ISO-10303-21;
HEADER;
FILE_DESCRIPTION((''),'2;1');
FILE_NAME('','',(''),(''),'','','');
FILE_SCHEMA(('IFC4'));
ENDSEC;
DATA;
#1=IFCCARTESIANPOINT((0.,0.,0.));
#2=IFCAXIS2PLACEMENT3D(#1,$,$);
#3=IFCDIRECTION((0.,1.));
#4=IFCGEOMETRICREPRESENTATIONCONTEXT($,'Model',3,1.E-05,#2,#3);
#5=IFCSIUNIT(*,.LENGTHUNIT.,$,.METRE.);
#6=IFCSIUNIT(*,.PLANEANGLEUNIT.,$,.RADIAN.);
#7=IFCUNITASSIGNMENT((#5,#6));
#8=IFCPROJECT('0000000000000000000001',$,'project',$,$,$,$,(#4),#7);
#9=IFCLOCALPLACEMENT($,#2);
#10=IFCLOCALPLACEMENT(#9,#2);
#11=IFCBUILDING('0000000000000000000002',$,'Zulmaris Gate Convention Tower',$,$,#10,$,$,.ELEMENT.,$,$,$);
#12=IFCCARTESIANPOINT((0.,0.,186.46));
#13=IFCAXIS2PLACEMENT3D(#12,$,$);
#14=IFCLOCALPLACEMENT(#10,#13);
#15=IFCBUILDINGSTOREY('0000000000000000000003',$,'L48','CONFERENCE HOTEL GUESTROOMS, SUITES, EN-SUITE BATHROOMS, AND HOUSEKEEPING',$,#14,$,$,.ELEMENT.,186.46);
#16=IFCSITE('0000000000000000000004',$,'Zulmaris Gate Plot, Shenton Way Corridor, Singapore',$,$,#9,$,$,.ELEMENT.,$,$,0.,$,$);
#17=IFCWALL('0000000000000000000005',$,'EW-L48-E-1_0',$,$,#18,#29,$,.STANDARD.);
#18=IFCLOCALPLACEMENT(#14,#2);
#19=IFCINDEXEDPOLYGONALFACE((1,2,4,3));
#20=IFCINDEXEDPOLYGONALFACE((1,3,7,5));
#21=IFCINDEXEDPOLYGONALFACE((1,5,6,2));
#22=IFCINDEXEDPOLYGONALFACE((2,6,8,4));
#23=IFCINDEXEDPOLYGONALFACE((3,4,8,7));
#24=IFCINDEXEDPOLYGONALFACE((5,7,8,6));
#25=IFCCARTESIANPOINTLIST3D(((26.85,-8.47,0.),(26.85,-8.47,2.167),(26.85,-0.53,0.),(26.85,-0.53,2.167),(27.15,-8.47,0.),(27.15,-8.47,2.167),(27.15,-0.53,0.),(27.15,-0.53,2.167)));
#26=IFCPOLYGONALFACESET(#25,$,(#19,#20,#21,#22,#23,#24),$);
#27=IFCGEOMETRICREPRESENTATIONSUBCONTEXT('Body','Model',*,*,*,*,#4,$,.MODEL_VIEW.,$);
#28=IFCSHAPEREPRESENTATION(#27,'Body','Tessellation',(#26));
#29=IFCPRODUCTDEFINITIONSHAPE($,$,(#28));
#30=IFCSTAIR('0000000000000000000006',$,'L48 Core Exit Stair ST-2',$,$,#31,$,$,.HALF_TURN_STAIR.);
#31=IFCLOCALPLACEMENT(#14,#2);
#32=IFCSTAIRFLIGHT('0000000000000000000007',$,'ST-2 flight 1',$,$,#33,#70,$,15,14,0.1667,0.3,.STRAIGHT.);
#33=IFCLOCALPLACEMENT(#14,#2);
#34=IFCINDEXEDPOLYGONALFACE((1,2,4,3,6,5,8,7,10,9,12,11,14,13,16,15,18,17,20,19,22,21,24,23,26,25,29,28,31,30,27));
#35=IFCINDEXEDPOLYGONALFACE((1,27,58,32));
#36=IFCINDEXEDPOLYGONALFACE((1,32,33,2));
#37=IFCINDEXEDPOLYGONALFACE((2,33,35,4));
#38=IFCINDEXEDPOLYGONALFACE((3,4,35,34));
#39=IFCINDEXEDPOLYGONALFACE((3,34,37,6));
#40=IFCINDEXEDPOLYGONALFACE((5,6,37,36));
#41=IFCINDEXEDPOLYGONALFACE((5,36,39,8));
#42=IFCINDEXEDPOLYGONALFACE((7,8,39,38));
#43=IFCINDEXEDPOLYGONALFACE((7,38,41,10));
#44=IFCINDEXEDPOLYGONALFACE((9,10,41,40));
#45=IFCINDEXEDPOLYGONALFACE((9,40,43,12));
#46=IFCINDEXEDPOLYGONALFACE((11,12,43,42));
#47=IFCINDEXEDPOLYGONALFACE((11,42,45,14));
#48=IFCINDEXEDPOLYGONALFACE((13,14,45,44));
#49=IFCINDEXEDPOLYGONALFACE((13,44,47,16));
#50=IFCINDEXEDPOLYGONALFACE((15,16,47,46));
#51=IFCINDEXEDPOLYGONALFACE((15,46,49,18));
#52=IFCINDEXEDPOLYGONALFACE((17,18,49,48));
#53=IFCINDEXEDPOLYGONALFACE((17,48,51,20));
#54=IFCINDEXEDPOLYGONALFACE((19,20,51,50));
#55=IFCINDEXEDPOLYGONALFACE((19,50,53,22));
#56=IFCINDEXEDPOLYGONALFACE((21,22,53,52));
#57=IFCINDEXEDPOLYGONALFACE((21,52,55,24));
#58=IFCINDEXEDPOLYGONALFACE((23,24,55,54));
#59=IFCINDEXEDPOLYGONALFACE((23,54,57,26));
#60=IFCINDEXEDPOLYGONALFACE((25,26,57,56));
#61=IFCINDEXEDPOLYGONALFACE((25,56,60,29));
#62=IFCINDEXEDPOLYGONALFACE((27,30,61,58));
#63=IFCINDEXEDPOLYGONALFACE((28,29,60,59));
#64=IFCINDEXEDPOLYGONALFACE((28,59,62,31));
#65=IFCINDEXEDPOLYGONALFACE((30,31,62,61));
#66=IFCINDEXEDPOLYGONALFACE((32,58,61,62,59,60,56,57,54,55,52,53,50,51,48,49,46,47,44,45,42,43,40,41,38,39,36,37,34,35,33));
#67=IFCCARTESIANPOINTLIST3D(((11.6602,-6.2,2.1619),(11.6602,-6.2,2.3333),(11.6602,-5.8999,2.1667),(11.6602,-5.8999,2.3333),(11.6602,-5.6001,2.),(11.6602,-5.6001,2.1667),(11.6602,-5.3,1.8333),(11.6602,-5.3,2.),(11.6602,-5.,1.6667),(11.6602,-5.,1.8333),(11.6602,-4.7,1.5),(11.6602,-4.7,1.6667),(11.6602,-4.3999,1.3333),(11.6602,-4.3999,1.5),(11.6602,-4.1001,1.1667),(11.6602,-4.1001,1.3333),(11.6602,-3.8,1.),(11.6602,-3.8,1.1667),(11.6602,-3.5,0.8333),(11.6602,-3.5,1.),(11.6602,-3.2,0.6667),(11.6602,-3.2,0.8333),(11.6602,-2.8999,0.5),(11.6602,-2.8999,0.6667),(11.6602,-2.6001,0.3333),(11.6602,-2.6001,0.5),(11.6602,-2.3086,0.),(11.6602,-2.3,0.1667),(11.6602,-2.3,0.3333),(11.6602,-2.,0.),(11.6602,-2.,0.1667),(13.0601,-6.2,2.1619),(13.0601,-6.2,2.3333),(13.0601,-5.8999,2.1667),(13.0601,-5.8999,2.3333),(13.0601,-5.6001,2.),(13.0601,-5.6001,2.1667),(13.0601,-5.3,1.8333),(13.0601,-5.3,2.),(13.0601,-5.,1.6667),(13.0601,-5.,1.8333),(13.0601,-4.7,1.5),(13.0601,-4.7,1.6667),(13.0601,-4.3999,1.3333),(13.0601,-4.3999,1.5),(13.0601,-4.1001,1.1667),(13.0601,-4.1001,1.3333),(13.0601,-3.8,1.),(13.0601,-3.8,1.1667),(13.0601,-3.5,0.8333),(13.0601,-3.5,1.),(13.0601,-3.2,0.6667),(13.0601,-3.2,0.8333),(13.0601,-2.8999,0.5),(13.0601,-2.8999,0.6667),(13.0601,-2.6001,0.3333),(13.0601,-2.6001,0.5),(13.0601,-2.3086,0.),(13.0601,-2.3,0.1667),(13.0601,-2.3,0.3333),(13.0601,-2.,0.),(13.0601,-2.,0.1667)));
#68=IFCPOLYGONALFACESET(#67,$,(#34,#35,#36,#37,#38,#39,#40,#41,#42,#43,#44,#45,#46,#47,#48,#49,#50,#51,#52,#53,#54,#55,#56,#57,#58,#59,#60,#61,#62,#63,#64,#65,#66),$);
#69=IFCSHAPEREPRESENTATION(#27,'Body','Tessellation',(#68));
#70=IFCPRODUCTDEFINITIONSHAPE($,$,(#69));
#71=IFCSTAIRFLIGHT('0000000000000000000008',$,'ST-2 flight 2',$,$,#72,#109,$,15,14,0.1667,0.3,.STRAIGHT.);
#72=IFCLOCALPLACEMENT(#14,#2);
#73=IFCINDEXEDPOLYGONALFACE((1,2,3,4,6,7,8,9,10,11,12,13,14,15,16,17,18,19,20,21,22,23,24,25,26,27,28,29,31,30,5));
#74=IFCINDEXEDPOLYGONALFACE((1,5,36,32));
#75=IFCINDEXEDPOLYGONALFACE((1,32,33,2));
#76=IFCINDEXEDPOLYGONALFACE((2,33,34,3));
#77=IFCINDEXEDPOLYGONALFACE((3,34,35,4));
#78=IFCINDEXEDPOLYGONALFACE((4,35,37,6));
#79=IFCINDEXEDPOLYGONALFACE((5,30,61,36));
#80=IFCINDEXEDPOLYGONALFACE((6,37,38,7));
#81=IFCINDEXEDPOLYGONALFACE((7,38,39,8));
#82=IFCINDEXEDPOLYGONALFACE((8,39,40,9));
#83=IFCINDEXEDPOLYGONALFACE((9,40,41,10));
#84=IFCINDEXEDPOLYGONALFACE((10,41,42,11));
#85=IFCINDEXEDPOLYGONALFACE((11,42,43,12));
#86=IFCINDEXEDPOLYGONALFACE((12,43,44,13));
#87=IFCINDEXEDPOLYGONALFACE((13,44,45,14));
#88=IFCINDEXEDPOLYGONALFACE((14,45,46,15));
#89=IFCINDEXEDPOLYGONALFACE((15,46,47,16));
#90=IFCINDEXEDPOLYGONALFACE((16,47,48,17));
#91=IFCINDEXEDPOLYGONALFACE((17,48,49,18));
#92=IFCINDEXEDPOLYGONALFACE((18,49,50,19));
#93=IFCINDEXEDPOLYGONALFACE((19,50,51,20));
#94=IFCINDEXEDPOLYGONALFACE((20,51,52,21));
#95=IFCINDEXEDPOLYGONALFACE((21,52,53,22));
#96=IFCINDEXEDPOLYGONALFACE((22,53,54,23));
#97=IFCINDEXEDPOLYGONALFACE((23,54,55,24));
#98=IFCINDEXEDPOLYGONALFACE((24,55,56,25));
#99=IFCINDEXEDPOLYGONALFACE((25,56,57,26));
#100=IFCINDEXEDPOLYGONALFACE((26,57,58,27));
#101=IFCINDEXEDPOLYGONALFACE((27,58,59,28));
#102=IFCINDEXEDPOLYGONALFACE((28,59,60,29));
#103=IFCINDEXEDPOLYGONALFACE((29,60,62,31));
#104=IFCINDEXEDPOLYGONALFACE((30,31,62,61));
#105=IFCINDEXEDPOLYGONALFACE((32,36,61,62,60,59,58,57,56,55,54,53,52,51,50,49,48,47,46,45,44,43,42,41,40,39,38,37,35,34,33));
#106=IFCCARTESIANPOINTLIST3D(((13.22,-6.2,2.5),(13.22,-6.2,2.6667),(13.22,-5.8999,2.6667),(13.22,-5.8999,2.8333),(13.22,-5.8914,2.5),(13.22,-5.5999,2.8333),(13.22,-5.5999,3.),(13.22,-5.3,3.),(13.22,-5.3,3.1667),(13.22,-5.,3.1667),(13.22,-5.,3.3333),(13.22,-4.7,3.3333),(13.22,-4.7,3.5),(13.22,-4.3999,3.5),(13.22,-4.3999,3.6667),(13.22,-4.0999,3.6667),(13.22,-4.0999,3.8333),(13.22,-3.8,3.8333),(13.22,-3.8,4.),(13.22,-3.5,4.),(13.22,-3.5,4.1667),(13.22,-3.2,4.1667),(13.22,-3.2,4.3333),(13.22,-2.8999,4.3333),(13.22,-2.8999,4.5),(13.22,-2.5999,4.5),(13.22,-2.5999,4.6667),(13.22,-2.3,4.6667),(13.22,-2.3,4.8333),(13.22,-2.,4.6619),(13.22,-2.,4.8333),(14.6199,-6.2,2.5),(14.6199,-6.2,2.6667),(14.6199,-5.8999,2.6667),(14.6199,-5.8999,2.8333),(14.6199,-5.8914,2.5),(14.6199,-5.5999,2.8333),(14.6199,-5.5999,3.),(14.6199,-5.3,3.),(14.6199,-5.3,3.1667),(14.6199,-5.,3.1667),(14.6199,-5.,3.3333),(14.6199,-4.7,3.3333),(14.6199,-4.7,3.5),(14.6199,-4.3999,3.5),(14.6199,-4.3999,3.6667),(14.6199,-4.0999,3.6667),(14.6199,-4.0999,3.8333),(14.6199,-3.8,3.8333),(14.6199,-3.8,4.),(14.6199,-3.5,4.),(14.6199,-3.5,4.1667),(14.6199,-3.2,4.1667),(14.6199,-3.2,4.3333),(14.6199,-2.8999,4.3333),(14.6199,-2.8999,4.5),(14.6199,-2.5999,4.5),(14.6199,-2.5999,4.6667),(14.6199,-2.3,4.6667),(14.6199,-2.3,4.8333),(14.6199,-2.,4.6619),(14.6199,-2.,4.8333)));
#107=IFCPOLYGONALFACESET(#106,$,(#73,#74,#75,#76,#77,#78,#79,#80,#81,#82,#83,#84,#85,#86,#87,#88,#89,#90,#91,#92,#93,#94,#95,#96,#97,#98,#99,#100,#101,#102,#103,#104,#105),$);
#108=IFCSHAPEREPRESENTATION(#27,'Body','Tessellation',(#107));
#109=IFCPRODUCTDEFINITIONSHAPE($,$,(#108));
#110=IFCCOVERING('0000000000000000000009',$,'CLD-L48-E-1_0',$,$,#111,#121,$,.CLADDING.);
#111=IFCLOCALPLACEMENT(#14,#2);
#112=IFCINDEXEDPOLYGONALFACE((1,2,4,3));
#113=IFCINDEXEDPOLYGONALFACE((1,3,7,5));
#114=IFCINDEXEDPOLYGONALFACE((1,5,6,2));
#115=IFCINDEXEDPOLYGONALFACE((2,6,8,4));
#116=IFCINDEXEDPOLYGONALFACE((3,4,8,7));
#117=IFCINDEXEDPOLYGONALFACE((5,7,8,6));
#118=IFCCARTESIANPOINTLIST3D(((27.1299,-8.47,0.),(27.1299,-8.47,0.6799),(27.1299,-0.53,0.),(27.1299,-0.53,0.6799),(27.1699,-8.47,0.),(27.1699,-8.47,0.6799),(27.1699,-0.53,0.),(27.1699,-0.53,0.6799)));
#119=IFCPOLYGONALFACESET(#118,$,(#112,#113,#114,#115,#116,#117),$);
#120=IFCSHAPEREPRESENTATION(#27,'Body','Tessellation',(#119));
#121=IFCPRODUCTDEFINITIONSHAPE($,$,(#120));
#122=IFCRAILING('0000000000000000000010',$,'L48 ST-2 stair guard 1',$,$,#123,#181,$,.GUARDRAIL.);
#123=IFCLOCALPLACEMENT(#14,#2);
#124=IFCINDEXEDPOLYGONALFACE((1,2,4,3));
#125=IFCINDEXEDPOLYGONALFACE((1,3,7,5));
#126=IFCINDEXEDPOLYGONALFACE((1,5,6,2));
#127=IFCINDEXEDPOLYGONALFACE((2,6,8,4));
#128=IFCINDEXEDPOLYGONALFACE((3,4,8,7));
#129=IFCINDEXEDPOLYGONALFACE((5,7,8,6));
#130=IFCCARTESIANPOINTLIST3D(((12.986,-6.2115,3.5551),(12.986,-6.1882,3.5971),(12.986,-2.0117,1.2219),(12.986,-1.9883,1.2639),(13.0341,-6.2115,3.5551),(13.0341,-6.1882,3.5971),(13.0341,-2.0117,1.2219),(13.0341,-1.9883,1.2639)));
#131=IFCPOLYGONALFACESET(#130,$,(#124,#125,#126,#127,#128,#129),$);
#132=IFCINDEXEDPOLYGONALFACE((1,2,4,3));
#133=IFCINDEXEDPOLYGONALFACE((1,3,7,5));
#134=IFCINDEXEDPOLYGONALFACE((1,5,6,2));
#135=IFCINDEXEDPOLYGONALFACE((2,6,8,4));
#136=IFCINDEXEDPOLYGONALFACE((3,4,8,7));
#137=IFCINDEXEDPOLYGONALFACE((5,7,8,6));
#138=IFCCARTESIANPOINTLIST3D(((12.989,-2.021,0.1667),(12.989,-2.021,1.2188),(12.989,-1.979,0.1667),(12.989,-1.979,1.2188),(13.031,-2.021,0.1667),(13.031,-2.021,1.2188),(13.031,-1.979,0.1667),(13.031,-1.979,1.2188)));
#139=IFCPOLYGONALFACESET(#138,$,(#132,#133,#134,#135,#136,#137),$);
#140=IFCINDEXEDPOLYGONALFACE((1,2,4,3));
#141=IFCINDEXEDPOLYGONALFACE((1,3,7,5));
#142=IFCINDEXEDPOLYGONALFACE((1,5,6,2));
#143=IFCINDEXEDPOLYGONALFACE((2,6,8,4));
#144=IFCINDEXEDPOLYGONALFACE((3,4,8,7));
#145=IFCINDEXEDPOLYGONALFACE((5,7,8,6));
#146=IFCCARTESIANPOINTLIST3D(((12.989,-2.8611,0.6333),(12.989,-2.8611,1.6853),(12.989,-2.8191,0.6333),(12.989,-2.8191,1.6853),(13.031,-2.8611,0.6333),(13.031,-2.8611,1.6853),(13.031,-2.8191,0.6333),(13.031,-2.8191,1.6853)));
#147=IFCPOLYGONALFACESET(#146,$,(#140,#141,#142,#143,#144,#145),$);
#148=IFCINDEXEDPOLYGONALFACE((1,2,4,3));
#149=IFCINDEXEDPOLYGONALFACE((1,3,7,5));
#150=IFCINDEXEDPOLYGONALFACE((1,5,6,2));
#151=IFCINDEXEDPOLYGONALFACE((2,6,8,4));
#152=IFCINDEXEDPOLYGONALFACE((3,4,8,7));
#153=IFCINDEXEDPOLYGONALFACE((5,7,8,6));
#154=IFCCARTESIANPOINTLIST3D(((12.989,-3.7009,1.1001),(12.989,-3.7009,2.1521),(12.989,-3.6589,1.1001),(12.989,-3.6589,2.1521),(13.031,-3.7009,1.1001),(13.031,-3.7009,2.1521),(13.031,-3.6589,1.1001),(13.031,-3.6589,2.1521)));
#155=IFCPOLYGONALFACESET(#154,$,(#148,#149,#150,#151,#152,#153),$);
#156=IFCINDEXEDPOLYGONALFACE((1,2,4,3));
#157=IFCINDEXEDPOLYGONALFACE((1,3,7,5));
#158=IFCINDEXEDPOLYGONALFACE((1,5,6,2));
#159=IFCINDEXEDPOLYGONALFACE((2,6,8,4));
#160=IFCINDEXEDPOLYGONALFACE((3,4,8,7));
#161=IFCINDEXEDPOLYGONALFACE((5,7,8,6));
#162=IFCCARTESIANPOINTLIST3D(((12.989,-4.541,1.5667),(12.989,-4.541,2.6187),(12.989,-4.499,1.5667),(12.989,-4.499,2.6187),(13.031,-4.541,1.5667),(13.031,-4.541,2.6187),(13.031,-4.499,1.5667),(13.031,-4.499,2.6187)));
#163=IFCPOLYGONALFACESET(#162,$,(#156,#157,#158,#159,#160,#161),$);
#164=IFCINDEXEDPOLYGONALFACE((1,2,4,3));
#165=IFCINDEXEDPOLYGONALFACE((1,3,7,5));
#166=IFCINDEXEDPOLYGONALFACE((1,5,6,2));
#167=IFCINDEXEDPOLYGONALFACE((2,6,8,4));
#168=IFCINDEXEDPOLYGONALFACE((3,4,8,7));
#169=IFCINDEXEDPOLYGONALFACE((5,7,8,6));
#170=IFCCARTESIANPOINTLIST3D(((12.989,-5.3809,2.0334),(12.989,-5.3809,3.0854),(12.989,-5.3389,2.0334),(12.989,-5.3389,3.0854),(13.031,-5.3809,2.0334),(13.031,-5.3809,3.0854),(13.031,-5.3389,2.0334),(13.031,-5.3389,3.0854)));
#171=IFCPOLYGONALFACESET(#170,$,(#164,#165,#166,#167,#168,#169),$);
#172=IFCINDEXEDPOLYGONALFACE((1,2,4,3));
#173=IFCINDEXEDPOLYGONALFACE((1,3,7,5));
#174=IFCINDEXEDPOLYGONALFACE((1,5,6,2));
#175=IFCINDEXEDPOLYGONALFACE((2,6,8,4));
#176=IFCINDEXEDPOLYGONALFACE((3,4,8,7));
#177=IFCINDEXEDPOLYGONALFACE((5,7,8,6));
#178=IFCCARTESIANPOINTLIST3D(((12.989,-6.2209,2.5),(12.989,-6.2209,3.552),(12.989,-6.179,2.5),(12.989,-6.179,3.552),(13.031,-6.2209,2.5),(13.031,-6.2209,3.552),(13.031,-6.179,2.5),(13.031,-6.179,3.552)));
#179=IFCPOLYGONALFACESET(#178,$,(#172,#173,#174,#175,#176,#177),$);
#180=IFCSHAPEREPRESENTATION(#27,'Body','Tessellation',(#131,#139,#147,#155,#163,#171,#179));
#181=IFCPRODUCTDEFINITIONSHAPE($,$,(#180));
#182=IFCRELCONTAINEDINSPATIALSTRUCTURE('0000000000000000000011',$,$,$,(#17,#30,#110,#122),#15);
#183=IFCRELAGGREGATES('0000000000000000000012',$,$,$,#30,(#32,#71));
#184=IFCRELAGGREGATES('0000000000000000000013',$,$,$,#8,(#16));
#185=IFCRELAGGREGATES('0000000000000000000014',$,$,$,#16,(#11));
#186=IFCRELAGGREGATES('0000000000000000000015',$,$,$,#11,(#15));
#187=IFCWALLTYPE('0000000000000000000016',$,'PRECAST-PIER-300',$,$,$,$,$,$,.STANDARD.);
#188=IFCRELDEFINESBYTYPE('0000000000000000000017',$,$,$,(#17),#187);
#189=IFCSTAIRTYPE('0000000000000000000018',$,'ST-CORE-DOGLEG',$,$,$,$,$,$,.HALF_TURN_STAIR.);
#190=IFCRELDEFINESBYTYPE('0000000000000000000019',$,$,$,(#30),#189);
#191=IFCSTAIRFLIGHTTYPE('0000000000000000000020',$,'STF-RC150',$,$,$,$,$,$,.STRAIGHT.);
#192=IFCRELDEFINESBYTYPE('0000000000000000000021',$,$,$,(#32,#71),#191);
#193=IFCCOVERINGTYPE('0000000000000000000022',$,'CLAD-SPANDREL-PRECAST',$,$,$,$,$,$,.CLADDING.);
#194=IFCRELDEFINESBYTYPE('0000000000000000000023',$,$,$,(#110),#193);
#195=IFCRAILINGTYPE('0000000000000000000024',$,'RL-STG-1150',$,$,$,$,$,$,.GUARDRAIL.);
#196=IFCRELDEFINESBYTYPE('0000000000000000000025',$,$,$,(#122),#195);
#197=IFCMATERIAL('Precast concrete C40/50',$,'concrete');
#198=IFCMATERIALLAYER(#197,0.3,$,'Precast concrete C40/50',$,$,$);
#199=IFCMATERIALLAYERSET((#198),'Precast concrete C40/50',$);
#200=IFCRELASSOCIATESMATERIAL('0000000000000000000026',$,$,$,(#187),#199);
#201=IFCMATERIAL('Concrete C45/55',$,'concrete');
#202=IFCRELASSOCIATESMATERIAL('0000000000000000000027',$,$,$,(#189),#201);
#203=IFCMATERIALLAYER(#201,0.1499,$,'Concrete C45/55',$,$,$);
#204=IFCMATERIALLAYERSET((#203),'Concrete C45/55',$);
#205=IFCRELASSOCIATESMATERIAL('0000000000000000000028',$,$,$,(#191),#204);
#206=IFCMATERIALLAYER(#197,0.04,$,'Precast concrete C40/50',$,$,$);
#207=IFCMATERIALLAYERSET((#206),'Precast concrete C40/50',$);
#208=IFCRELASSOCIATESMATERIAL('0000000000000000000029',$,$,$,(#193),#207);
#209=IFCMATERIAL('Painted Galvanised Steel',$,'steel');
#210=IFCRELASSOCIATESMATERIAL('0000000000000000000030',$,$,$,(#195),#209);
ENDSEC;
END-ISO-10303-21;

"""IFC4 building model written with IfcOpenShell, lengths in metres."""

from ifc_helpers import new_model, si_unit, direction, frame, frame_2d, origin, origin_2d, place, context, subcontext, project, spatial, polyline, rectangle, outline, extrude, material, layer, layer_set, type_object, element, aggregate, save


model = new_model("IFC4")

# Units and contexts
model_context = context("Model", 3, precision=1e-05, world=origin(), true_north=direction((0.0, 1.0)))
body_context = subcontext(model_context, "Body", "Model", "MODEL_VIEW")
ifc_project = project(units=[si_unit("LENGTHUNIT", "METRE"), si_unit("PLANEANGLEUNIT", "RADIAN")], contexts=[model_context])

# Site, building, storey
site_placement = place(None, origin())
site = spatial("IfcSite", under=ifc_project, at=site_placement, Name="Zulmaris Gate Plot, Shenton Way Corridor, Singapore", CompositionType="ELEMENT", RefElevation=0.0)
building_placement = place(site_placement, origin())
building = spatial("IfcBuilding", under=site, at=building_placement, Name="Zulmaris Gate Convention Tower", CompositionType="ELEMENT")
storey_placement = place(building_placement, frame((0.0, 0.0, 186.46)))
storey = spatial("IfcBuildingStorey", under=building, at=storey_placement, Name="L48", Description="CONFERENCE HOTEL GUESTROOMS, SUITES, EN-SUITE BATHROOMS, AND HOUSEKEEPING", CompositionType="ELEMENT", Elevation=186.46)

# Wall
ifc_material_1 = material(Name="Precast concrete C40/50", Category="concrete")
ifc_layer_1 = layer(ifc_material_1, 0.3, Name="Precast concrete C40/50")
ifc_layer_set_1 = layer_set([ifc_layer_1], Name="Precast concrete C40/50")
wall_type_1 = type_object("IfcWallType", Name="PRECAST-PIER-300", PredefinedType="STANDARD", material=ifc_layer_set_1)
wall_1_placement = place(storey_placement, frame((27.0, -8.47, 0.0), z_axis=(0.0, 0.0, 1.0), x_axis=(0.0, 1.0, 0.0)))
element("IfcWall", 1, at=wall_1_placement, inside=storey, type_object=wall_type_1, Name="EW-L48-E-1_0", PredefinedType="STANDARD", context=body_context, shape_type="SweptSolid", body=[
    extrude(rectangle(XDim=7.9399, YDim=0.3, at=frame_2d((3.97, 0.0))), origin(), (0.0, 0.0, 1.0), 2.167),
])

# Stair, stair flights
ifc_material_2 = material(Name="Concrete C45/55", Category="concrete")
stair_type = type_object("IfcStairType", Name="ST-CORE-DOGLEG", PredefinedType="HALF_TURN_STAIR", material=ifc_material_2)
stair_placement = place(storey_placement, origin())
stair = element("IfcStair", 2, at=stair_placement, inside=storey, type_object=stair_type, Name="L48 Core Exit Stair ST-2", PredefinedType="HALF_TURN_STAIR")
ifc_layer_2 = layer(ifc_material_2, 0.1499, Name="Concrete C45/55")
ifc_layer_set_2 = layer_set([ifc_layer_2], Name="Concrete C45/55")
stair_flight_type = type_object("IfcStairFlightType", Name="STF-RC150", PredefinedType="STRAIGHT", material=ifc_layer_set_2)
stair_flight_1_placement = place(storey_placement, frame((12.3601, -2.0, 0.0), z_axis=(0.0, 0.0, 1.0), x_axis=(0.0, -1.0, 0.0)))
stair_flight_1 = element("IfcStairFlight", 3, at=stair_flight_1_placement, type_object=stair_flight_type, Name="ST-2 flight 1", NumberOfRisers=15, NumberOfTreads=14, PredefinedType="STRAIGHT", RiserHeight=0.1667, TreadLength=0.3, context=body_context, shape_type="SweptSolid", body=[
    extrude(outline(polyline([(0.0, 0.0), (0.0, 0.1667), (0.3, 0.1667), (0.3, 0.3333), (0.6001, 0.3333), (0.6001, 0.5), (0.8999, 0.5), (0.8999, 0.6667), (1.2, 0.6667), (1.2, 0.8333), (1.5, 0.8333), (1.5, 1.0), (1.8, 1.0), (1.8, 1.1667), (2.1001, 1.1667), (2.1001, 1.3333), (2.3999, 1.3333), (2.3999, 1.5), (2.7, 1.5), (2.7, 1.6667), (3.0, 1.6667), (3.0, 1.8333), (3.3, 1.8333), (3.3, 2.0), (3.6001, 2.0), (3.6001, 2.1667), (3.8999, 2.1667), (3.8999, 2.3333), (4.2, 2.3333), (4.2, 2.5), (4.2, 2.1619), (0.3086, 0.0), (0.0, 0.0)])), frame((0.0, 0.7, 0.0), z_axis=(0.0, -1.0, 0.0), x_axis=(1.0, 0.0, 0.0)), (0.0, 0.0, 1.0), 1.3999),
])
stair_flight_2_placement = place(storey_placement, frame((13.9199, -6.2, 2.5), z_axis=(0.0, 0.0, 1.0), x_axis=(0.0, 1.0, 0.0)))
stair_flight_2 = element("IfcStairFlight", 4, at=stair_flight_2_placement, type_object=stair_flight_type, Name="ST-2 flight 2", NumberOfRisers=15, NumberOfTreads=14, PredefinedType="STRAIGHT", RiserHeight=0.1667, TreadLength=0.3, context=body_context, shape_type="SweptSolid", body=[
    extrude(outline(polyline([(0.0, 0.0), (0.0, 0.1667), (0.3, 0.1667), (0.3, 0.3333), (0.6001, 0.3333), (0.6001, 0.5), (0.8999, 0.5), (0.8999, 0.6667), (1.2, 0.6667), (1.2, 0.8333), (1.5, 0.8333), (1.5, 1.0), (1.8, 1.0), (1.8, 1.1667), (2.1001, 1.1667), (2.1001, 1.3333), (2.3999, 1.3333), (2.3999, 1.5), (2.7, 1.5), (2.7, 1.6667), (3.0, 1.6667), (3.0, 1.8333), (3.3, 1.8333), (3.3, 2.0), (3.6001, 2.0), (3.6001, 2.1667), (3.8999, 2.1667), (3.8999, 2.3333), (4.2, 2.3333), (4.2, 2.5), (4.2, 2.1619), (0.3086, 0.0), (0.0, 0.0)])), frame((0.0, 0.7, 0.0), z_axis=(0.0, -1.0, 0.0), x_axis=(1.0, 0.0, 0.0)), (0.0, 0.0, 1.0), 1.3999),
])
aggregate(stair, [stair_flight_1, stair_flight_2])

# Covering
ifc_layer_3 = layer(ifc_material_1, 0.04, Name="Precast concrete C40/50")
ifc_layer_set_3 = layer_set([ifc_layer_3], Name="Precast concrete C40/50")
covering_type = type_object("IfcCoveringType", Name="CLAD-SPANDREL-PRECAST", PredefinedType="CLADDING", material=ifc_layer_set_3)
covering_placement = place(storey_placement, frame((27.1499, -8.47, 0.0), z_axis=(0.0, 0.0, 1.0), x_axis=(0.0, 1.0, 0.0)))
element("IfcCovering", 5, at=covering_placement, inside=storey, type_object=covering_type, Name="CLD-L48-E-1_0", PredefinedType="CLADDING", context=body_context, shape_type="SweptSolid", body=[
    extrude(rectangle(XDim=7.9399, YDim=0.04, at=frame_2d((3.97, 0.0))), origin(), (0.0, 0.0, 1.0), 0.6799),
])

# Railing
ifc_material_3 = material(Name="Painted Galvanised Steel", Category="steel")
railing_type_1 = type_object("IfcRailingType", Name="RL-STG-1150", PredefinedType="GUARDRAIL", material=ifc_material_3)
railing_1_placement = place(storey_placement, frame((13.01, -2.0, 0.1667)))
element("IfcRailing", 6, at=railing_1_placement, inside=storey, type_object=railing_type_1, Name="L48 ST-2 stair guard 1", PredefinedType="GUARDRAIL", context=body_context, shape_type="SweptSolid", body=[
    extrude(rectangle(XDim=0.0481, YDim=0.0481, at=origin_2d()), frame((0.0, 0.0, 1.0762), z_axis=(0.0, -0.874162, 0.485634), x_axis=(1.0, 0.0, 0.0)), (0.0, 0.0, 1.0), 4.8044),
    extrude(rectangle(XDim=0.042, YDim=0.042, at=origin_2d()), origin(), (0.0, 0.0, 1.0), 1.052),
    extrude(rectangle(XDim=0.042, YDim=0.042, at=origin_2d()), frame((0.0, -0.8401, 0.4666)), (0.0, 0.0, 1.0), 1.052),
    extrude(rectangle(XDim=0.042, YDim=0.042, at=origin_2d()), frame((0.0, -1.6799, 0.9333)), (0.0, 0.0, 1.0), 1.052),
    extrude(rectangle(XDim=0.042, YDim=0.042, at=origin_2d()), frame((0.0, -2.52, 1.3999)), (0.0, 0.0, 1.0), 1.052),
    extrude(rectangle(XDim=0.042, YDim=0.042, at=origin_2d()), frame((0.0, -3.3599, 1.8667)), (0.0, 0.0, 1.0), 1.052),
    extrude(rectangle(XDim=0.042, YDim=0.042, at=origin_2d()), frame((0.0, -4.2, 2.3333)), (0.0, 0.0, 1.0), 1.052),
])

save(model, "model.ifc")
